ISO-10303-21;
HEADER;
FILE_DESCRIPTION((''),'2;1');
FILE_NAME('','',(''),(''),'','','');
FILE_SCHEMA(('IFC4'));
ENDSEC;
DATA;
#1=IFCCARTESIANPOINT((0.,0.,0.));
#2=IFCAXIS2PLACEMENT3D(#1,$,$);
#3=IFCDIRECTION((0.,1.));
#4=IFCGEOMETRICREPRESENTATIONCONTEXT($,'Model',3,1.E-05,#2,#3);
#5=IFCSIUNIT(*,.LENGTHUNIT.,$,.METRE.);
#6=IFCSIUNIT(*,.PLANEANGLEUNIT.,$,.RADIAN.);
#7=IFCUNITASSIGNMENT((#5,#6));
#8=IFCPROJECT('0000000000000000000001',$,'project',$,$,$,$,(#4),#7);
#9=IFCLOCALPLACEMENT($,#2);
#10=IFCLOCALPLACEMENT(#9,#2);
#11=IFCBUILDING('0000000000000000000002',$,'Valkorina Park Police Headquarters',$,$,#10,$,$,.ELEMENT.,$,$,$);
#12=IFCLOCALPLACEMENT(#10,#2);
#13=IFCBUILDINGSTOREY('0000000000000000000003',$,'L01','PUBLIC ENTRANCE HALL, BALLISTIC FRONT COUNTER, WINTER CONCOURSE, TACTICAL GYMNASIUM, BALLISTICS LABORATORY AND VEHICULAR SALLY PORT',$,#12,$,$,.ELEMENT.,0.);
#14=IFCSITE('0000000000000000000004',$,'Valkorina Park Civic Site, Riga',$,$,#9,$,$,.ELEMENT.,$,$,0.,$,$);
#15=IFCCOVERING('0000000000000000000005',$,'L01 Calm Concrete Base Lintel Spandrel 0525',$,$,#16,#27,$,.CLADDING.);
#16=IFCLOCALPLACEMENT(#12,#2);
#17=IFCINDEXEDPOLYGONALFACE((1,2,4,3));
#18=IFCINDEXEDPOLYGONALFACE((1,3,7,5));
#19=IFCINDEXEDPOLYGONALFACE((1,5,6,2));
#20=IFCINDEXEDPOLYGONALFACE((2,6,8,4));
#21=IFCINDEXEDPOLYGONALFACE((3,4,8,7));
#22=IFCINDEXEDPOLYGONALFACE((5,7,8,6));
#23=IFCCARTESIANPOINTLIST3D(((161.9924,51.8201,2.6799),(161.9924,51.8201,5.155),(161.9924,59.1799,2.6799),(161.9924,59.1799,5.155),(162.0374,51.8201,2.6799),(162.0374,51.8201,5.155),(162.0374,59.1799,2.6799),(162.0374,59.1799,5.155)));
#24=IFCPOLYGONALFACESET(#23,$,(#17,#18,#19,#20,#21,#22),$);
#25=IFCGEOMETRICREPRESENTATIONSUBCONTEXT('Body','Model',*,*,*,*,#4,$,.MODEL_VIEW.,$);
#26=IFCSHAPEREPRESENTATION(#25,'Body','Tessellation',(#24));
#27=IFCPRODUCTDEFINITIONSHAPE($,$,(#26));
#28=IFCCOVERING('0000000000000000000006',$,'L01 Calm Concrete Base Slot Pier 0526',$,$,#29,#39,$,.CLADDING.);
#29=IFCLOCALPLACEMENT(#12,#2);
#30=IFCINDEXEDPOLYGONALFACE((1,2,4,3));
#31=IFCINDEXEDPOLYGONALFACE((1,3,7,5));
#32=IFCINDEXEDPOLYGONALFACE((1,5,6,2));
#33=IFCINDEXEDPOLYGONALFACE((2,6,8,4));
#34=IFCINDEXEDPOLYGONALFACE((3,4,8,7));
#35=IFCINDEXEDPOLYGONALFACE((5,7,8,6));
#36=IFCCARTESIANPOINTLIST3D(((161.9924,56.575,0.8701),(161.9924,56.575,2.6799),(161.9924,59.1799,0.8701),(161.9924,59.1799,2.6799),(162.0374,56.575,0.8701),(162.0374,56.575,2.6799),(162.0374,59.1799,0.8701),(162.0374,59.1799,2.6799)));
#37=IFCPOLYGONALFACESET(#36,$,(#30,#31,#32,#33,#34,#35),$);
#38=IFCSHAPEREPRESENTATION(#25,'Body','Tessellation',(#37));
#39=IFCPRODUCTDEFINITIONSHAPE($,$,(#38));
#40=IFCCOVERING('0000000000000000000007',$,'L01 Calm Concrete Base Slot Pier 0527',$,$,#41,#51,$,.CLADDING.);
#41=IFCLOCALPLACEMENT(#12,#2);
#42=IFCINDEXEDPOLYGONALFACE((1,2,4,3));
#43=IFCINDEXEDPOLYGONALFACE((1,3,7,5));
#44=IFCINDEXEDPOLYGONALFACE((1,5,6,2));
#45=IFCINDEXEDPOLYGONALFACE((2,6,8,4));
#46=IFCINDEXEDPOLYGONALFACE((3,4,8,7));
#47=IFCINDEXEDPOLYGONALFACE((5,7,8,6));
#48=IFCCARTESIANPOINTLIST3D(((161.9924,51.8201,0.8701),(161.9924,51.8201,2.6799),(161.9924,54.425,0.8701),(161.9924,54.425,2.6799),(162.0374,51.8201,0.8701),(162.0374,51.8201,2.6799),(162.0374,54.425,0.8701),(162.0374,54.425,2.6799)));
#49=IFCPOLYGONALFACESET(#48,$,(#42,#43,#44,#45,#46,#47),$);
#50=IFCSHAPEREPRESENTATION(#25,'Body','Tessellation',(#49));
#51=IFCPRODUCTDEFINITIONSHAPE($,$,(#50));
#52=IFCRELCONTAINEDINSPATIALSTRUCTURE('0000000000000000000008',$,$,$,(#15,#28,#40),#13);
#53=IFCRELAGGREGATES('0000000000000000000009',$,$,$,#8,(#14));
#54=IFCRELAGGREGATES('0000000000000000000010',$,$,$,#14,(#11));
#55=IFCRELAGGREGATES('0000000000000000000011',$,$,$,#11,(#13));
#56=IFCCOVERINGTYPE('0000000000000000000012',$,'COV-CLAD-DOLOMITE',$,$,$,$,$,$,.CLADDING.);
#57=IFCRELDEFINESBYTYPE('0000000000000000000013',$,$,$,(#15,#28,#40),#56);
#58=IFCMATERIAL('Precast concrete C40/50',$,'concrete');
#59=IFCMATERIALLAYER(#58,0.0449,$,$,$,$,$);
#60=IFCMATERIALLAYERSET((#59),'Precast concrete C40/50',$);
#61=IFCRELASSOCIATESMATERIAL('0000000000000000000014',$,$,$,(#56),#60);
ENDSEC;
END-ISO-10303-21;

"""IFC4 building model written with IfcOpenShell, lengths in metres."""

from ifc_helpers import new_model, si_unit, direction, frame, frame_2d, origin, place, context, subcontext, project, spatial, rectangle, extrude, material, layer, layer_set, type_object, element, save


model = new_model("IFC4")

# Units and contexts
model_context = context("Model", 3, precision=1e-05, world=origin(), true_north=direction((0.0, 1.0)))
body_context = subcontext(model_context, "Body", "Model", "MODEL_VIEW")
ifc_project = project(units=[si_unit("LENGTHUNIT", "METRE"), si_unit("PLANEANGLEUNIT", "RADIAN")], contexts=[model_context])

# Site, building, storey
site_placement = place(None, origin())
site = spatial("IfcSite", under=ifc_project, at=site_placement, Name="Valkorina Park Civic Site, Riga", CompositionType="ELEMENT", RefElevation=0.0)
building_placement = place(site_placement, origin())
building = spatial("IfcBuilding", under=site, at=building_placement, Name="Valkorina Park Police Headquarters", CompositionType="ELEMENT")
storey_placement = place(building_placement, origin())
storey = spatial("IfcBuildingStorey", under=building, at=storey_placement, Name="L01", Description="PUBLIC ENTRANCE HALL, BALLISTIC FRONT COUNTER, WINTER CONCOURSE, TACTICAL GYMNASIUM, BALLISTICS LABORATORY AND VEHICULAR SALLY PORT", CompositionType="ELEMENT", Elevation=0.0)

# Shared definitions
ifc_material_1 = material(Name="Precast concrete C40/50", Category="concrete")

# Coverings
ifc_layer_1 = layer(ifc_material_1, 0.0449)
ifc_layer_set_1 = layer_set([ifc_layer_1], Name="Precast concrete C40/50")
covering_type = type_object("IfcCoveringType", Name="COV-CLAD-DOLOMITE", PredefinedType="CLADDING", material=ifc_layer_set_1)
covering_1_placement = place(storey_placement, frame((162.0149, 59.1799, 2.6799), z_axis=(0.0, 0.0, 1.0), x_axis=(0.0, -1.0, 0.0)))
element("IfcCovering", 1, at=covering_1_placement, inside=storey, type_object=covering_type, Name="L01 Calm Concrete Base Lintel Spandrel 0525", PredefinedType="CLADDING", context=body_context, shape_type="SweptSolid", body=[
    extrude(rectangle(XDim=7.3599, YDim=0.0449, at=frame_2d((3.6799, 0.0))), origin(), (0.0, 0.0, 1.0), 2.4751),
])
for number, where, z_axis, x_axis, name in (
    (2, (162.0149, 59.1799, 0.8701), (0.0, 0.0, 1.0), (0.0, -1.0, 0.0), "L01 Calm Concrete Base Slot Pier 0526"),
    (3, (162.0149, 54.425, 0.8701), (0.0, 0.0, 1.0), (0.0, -1.0, 0.0), "L01 Calm Concrete Base Slot Pier 0527"),
):
    element("IfcCovering", number, at=place(storey_placement, frame(where, z_axis=z_axis, x_axis=x_axis)), inside=storey, type_object=covering_type, Name=name, PredefinedType="CLADDING", context=body_context, shape_type="SweptSolid", body=[
        extrude(rectangle(XDim=2.605, YDim=0.0449, at=frame_2d((1.3025, 0.0))), origin(), (0.0, 0.0, 1.0), 1.8098),
    ])

save(model, "model.ifc")
